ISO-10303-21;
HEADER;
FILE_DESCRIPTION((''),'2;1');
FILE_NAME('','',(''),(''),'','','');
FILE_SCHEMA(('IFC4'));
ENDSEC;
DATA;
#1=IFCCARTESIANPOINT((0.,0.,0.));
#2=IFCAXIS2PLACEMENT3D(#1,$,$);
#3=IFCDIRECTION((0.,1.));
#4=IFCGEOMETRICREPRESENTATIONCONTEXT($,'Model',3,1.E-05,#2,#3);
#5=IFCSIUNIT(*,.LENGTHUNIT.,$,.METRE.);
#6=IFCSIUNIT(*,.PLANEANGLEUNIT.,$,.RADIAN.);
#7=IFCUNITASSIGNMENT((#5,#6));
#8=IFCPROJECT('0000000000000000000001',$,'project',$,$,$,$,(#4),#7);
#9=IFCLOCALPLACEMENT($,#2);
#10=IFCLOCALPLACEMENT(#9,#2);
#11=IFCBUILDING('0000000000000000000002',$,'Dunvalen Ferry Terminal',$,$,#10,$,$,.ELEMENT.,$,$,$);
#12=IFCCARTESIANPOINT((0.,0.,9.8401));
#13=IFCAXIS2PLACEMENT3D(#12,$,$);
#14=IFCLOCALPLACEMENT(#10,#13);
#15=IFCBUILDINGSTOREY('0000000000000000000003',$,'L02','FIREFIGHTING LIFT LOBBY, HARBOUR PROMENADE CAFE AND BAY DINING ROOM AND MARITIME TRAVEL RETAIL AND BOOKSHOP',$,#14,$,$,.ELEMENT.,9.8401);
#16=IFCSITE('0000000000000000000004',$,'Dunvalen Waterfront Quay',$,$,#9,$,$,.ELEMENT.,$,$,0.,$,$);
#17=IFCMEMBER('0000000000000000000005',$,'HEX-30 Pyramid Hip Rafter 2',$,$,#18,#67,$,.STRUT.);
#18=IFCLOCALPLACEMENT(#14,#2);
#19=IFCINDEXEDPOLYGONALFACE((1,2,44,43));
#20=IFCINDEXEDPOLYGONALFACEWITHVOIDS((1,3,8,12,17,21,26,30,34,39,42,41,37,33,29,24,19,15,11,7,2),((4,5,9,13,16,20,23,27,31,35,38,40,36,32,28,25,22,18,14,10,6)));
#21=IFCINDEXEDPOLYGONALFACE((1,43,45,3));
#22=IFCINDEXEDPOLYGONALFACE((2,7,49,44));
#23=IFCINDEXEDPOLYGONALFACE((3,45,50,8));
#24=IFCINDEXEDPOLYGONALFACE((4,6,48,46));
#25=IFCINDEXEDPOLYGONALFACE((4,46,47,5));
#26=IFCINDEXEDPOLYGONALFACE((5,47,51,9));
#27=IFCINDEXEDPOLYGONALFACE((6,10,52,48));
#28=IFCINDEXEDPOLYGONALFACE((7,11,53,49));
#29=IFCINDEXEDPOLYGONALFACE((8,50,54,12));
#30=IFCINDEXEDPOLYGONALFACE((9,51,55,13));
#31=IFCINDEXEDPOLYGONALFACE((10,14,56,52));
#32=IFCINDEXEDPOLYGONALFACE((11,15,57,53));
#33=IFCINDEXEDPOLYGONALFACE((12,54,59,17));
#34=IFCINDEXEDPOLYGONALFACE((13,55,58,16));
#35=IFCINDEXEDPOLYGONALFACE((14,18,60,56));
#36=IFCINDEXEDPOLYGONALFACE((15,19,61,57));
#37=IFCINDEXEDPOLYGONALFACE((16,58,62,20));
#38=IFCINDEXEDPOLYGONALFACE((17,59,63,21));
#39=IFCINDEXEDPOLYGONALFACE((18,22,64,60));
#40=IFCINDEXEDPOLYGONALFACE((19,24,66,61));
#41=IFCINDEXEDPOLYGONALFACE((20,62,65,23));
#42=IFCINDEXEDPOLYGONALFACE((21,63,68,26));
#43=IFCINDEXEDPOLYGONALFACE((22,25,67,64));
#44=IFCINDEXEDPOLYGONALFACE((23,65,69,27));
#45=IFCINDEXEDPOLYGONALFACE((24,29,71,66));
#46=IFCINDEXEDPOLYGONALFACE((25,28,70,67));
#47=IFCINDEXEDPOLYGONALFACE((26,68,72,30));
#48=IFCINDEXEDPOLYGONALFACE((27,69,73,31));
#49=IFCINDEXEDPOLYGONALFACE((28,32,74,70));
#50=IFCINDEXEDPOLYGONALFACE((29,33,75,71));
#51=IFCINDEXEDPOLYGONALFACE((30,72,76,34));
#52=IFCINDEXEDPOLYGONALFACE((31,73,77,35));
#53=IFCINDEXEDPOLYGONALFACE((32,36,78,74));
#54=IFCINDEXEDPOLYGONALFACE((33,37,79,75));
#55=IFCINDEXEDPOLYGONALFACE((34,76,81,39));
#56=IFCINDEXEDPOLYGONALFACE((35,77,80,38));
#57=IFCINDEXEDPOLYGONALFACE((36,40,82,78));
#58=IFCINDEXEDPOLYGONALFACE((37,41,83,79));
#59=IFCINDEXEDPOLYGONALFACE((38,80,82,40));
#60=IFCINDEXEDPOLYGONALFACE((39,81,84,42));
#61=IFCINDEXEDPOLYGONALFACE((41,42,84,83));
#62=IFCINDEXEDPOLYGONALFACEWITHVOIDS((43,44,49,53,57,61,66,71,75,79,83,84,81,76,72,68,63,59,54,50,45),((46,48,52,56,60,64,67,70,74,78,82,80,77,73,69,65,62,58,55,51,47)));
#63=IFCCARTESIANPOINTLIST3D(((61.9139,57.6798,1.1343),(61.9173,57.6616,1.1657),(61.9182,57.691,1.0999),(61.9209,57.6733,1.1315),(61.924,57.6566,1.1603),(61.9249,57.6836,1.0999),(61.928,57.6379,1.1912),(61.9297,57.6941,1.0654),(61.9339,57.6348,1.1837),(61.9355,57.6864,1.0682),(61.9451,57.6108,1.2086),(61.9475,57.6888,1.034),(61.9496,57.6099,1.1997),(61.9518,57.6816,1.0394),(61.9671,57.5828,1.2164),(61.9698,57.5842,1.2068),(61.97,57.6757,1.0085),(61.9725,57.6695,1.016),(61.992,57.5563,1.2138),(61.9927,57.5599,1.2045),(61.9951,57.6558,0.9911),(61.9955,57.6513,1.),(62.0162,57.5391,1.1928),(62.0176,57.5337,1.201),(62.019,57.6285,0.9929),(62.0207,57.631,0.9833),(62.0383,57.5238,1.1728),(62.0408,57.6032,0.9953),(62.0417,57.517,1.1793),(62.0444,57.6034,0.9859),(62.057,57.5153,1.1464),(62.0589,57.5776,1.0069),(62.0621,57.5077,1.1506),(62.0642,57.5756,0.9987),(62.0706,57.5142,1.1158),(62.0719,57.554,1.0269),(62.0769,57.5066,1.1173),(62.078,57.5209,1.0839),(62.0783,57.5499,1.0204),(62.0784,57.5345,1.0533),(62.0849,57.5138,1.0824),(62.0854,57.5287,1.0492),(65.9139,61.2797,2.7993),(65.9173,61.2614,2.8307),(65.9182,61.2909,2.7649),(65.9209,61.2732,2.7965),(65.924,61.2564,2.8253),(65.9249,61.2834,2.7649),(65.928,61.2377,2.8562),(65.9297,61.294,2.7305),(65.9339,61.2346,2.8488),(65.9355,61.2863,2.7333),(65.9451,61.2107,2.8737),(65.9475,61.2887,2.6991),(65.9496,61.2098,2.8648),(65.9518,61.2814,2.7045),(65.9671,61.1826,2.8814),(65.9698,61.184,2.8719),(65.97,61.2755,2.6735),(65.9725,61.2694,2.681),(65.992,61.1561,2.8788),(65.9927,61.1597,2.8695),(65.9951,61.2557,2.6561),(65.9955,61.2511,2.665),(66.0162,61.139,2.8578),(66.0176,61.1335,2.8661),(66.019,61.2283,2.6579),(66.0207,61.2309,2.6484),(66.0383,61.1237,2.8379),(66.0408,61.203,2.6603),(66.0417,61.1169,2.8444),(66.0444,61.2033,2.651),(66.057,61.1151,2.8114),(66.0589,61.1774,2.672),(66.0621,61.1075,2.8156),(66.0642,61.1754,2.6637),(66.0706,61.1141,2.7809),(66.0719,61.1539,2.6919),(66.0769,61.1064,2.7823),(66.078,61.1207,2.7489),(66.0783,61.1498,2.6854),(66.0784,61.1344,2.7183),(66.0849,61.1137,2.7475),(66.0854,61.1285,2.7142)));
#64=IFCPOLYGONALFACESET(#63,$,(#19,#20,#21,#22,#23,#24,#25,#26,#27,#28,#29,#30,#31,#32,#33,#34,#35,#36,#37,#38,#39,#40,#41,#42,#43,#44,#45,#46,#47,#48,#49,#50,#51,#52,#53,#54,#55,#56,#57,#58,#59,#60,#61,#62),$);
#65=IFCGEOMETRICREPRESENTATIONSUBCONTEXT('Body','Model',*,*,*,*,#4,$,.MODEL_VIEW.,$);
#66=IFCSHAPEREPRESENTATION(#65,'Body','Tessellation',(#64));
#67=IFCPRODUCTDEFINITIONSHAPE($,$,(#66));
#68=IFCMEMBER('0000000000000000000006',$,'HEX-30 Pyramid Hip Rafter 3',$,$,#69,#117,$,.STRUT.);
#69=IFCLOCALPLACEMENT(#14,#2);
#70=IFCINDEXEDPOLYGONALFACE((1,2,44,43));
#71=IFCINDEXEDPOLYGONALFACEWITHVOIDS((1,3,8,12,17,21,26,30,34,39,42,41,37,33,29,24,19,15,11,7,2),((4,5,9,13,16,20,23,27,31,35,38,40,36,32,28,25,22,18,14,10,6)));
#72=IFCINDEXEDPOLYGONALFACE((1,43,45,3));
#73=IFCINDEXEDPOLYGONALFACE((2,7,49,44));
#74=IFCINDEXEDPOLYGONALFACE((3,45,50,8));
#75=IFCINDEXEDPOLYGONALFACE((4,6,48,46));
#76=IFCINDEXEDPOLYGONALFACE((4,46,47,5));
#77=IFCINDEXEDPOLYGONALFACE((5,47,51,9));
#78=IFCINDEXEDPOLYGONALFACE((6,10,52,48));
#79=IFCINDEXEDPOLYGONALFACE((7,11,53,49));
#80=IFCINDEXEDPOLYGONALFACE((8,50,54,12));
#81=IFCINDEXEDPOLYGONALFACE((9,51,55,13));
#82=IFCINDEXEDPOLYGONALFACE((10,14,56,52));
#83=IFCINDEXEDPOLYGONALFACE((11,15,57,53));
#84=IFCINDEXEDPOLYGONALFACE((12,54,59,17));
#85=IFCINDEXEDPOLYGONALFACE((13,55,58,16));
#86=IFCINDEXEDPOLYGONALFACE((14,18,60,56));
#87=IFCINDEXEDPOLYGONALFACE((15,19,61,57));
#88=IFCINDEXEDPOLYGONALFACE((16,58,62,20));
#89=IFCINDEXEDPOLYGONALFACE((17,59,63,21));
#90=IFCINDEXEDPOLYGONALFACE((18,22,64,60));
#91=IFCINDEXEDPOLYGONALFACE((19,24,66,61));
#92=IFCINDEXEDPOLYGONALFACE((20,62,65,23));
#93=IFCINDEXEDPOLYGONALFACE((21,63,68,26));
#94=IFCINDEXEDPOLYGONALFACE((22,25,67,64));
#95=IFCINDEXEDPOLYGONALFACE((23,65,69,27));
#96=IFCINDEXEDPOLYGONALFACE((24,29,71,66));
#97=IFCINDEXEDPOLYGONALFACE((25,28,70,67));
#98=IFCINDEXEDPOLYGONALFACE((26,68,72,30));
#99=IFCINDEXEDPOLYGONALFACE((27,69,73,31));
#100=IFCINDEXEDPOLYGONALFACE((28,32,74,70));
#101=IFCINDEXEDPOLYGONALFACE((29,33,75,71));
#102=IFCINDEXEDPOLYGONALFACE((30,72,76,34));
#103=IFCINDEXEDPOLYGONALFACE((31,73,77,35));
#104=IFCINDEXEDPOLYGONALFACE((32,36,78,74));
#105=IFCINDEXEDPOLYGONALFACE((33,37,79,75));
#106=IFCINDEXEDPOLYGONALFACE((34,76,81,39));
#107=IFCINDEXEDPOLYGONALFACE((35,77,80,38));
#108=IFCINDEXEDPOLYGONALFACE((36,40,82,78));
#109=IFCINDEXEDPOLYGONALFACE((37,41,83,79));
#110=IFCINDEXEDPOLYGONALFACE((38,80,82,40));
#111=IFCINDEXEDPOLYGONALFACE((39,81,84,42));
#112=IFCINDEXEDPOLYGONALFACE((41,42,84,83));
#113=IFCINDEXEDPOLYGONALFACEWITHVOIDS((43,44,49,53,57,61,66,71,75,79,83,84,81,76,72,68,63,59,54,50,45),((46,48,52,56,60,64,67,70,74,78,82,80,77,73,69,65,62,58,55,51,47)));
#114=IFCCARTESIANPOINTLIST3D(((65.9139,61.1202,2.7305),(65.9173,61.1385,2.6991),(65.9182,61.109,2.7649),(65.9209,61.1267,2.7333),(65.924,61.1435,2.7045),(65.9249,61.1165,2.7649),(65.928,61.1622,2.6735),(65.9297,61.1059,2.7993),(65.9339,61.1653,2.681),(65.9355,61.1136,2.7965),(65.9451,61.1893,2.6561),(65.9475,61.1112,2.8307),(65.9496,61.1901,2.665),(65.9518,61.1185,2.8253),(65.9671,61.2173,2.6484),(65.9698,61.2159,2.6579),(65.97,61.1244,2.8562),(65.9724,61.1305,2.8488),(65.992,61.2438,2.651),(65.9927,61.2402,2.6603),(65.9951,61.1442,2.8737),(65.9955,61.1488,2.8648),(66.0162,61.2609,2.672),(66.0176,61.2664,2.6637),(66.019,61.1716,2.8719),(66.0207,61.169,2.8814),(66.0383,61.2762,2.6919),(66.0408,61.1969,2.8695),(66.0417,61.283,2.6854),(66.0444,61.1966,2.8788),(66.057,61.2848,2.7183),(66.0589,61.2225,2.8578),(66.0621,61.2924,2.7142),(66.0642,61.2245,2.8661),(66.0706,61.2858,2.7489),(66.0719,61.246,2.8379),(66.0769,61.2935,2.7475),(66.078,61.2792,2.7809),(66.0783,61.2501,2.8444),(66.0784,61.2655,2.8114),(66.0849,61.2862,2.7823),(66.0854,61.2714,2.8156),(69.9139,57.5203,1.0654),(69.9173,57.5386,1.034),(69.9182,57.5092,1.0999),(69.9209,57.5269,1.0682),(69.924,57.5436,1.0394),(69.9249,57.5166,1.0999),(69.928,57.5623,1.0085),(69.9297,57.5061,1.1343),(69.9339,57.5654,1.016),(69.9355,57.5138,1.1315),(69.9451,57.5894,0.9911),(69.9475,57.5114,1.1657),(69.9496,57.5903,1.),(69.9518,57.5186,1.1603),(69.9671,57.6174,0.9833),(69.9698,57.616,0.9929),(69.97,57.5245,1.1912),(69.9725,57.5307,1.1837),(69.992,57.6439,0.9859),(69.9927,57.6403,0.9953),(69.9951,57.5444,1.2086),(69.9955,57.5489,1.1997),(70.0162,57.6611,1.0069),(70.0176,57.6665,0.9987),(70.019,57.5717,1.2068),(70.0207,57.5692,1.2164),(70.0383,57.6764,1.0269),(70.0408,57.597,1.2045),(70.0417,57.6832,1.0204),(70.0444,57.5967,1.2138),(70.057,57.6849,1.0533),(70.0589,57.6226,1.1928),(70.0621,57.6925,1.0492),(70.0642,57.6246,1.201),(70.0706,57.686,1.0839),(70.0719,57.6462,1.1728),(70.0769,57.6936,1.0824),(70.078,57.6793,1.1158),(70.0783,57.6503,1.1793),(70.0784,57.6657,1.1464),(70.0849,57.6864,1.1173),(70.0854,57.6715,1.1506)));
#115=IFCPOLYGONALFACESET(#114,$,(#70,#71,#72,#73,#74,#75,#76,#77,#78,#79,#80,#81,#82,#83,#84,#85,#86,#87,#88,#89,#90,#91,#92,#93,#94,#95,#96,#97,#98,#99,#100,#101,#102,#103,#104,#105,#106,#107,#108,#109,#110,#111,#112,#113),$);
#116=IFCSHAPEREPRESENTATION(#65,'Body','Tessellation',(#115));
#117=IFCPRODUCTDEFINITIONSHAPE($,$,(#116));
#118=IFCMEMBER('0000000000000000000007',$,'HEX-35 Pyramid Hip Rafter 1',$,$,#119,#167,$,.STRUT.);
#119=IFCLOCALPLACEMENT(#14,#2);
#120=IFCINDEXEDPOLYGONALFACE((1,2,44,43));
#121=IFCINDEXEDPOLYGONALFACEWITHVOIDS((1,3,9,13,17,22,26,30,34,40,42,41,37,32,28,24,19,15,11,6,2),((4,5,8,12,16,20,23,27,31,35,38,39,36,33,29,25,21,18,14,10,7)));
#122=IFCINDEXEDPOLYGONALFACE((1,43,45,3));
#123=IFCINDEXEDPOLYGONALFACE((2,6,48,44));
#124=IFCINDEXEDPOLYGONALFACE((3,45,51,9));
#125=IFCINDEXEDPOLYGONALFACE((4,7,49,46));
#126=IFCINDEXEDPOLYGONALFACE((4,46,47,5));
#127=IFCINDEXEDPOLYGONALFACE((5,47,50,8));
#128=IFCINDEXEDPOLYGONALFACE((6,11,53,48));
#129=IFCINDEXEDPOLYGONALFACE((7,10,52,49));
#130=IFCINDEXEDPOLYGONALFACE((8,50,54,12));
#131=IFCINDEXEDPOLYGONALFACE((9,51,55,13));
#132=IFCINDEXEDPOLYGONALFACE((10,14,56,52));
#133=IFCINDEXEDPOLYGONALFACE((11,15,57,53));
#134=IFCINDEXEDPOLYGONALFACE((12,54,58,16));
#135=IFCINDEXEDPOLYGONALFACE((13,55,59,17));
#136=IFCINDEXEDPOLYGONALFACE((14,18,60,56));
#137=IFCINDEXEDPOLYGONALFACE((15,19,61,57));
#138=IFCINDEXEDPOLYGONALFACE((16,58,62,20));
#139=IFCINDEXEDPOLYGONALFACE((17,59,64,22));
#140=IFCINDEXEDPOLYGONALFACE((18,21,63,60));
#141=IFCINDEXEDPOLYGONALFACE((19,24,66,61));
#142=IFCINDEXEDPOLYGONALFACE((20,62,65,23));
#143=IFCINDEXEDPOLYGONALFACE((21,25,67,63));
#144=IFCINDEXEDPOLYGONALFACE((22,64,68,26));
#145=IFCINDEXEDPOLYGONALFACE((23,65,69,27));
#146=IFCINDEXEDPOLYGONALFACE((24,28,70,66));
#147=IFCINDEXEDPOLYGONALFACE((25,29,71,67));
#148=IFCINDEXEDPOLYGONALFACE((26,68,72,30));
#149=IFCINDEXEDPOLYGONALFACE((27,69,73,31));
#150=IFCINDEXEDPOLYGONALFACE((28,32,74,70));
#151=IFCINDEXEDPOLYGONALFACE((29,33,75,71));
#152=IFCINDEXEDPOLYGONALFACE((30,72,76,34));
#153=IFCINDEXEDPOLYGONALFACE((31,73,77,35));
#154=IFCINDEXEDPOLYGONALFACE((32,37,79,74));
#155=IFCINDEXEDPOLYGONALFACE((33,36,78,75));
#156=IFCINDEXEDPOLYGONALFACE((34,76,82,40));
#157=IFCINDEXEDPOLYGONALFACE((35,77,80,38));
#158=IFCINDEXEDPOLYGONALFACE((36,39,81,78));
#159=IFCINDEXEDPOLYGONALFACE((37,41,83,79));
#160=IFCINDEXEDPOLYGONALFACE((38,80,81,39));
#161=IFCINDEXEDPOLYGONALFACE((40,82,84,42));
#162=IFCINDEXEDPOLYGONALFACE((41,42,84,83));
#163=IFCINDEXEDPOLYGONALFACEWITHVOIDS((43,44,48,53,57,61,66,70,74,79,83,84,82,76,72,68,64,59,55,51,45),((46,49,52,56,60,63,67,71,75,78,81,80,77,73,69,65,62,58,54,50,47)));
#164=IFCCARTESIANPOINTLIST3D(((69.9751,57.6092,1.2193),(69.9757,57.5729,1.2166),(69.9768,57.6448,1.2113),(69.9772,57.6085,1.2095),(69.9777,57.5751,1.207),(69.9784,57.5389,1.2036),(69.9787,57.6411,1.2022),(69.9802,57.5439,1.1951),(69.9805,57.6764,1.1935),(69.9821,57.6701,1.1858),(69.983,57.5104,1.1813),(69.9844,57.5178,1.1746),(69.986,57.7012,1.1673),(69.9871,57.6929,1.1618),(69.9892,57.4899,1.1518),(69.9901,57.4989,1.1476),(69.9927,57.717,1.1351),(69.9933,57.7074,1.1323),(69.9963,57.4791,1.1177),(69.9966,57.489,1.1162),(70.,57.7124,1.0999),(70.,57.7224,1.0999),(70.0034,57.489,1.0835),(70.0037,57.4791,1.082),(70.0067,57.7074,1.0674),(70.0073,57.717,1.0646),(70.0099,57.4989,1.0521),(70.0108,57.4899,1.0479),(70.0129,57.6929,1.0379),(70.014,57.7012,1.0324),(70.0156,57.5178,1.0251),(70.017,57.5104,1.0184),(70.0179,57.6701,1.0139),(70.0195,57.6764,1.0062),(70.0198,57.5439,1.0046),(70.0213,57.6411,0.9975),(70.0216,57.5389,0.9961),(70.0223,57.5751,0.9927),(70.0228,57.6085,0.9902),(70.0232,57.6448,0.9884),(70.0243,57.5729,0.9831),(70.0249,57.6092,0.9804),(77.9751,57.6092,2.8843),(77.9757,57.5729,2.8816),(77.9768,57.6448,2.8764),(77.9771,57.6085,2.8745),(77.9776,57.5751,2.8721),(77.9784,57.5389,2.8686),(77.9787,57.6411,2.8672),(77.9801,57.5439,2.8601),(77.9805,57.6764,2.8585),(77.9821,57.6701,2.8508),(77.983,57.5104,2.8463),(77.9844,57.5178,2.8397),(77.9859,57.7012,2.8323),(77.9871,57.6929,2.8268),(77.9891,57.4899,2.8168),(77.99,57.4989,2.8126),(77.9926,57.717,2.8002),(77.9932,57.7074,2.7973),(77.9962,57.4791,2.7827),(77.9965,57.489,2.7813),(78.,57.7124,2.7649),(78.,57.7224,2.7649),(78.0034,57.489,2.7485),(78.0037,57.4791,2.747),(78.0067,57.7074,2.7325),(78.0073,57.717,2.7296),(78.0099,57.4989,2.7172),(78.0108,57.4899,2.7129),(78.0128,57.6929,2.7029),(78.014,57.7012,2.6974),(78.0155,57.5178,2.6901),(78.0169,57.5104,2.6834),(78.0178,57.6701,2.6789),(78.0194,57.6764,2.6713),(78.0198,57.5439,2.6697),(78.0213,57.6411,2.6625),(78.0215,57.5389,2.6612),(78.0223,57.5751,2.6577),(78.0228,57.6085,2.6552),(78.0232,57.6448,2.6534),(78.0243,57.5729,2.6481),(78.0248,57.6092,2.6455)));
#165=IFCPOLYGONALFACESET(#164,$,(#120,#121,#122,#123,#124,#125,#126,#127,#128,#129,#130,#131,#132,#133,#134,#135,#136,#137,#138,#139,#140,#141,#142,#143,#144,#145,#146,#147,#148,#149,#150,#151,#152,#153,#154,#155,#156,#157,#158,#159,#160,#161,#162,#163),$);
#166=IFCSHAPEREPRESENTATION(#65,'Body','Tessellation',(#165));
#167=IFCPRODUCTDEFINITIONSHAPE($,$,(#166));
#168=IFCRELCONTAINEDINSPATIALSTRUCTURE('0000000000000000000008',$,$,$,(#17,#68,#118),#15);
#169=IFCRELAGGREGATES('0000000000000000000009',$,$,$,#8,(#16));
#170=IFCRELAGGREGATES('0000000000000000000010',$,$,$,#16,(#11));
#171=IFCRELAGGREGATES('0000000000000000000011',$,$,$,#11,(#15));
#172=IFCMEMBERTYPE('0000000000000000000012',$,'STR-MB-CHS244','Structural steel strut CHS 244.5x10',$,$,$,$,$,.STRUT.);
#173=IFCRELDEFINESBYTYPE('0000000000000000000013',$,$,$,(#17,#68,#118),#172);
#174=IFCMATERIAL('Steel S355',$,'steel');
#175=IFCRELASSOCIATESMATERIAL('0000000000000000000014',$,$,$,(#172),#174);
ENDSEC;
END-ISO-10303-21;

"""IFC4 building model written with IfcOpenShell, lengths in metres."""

from ifc_helpers import new_model, si_unit, direction, frame, origin, origin_2d, place, context, subcontext, project, spatial, hollow_circle, extrude, material, material_profile, profile_set, type_object, element, save


model = new_model("IFC4")

# Units and contexts
model_context = context("Model", 3, precision=1e-05, world=origin(), true_north=direction((0.0, 1.0)))
body_context = subcontext(model_context, "Body", "Model", "MODEL_VIEW")
ifc_project = project(units=[si_unit("LENGTHUNIT", "METRE"), si_unit("PLANEANGLEUNIT", "RADIAN")], contexts=[model_context])

# Site, building, storey
site_placement = place(None, origin())
site = spatial("IfcSite", under=ifc_project, at=site_placement, Name="Dunvalen Waterfront Quay", CompositionType="ELEMENT", RefElevation=0.0)
building_placement = place(site_placement, origin())
building = spatial("IfcBuilding", under=site, at=building_placement, Name="Dunvalen Ferry Terminal", CompositionType="ELEMENT")
storey_placement = place(building_placement, frame((0.0, 0.0, 9.8401)))
storey = spatial("IfcBuildingStorey", under=building, at=storey_placement, Name="L02", Description="FIREFIGHTING LIFT LOBBY, HARBOUR PROMENADE CAFE AND BAY DINING ROOM AND MARITIME TRAVEL RETAIL AND BOOKSHOP", CompositionType="ELEMENT", Elevation=9.8401)

# Shared definitions
ifc_material_1 = material(Name="Steel S355", Category="steel")

# Members
ifc_material_profile_1 = material_profile(ifc_material_1, hollow_circle(Radius=0.1223, WallThickness=0.01, at=origin_2d()), Name="Steel S355")
ifc_profile_set_1 = profile_set([ifc_material_profile_1], Name="Steel S355")
member_type_1 = type_object("IfcMemberType", Name="STR-MB-CHS244", Description="Structural steel strut CHS 244.5x10", PredefinedType="STRUT", material=ifc_profile_set_1)
for number, where, z_axis, x_axis, name in (
    (1, (62.0, 57.6001, 1.0999), (0.710094, 0.639059, 0.295584), (-0.66895, 0.743308, 0.0), "HEX-30 Pyramid Hip Rafter 2"),
    (2, (70.0, 57.6001, 1.0999), (-0.710094, 0.639059, 0.295584), (-0.66895, -0.743308, 0.0), "HEX-30 Pyramid Hip Rafter 3"),
):
    element("IfcMember", number, at=place(storey_placement, frame(where, z_axis=z_axis, x_axis=x_axis)), inside=storey, type_object=member_type_1, Name=name, PredefinedType="STRUT", context=body_context, shape_type="SweptSolid", body=[
        extrude(hollow_circle(Radius=0.1223, WallThickness=0.01, at=origin_2d()), origin(), (0.0, 0.0, 1.0), 5.6331),
    ])
member_1_placement = place(storey_placement, frame((70.0, 57.6001, 1.0999), z_axis=(0.97902, 0.0, 0.203763), x_axis=(0.0, 1.0, 0.0)))
element("IfcMember", 3, at=member_1_placement, inside=storey, type_object=member_type_1, Name="HEX-35 Pyramid Hip Rafter 1", PredefinedType="STRUT", context=body_context, shape_type="SweptSolid", body=[
    extrude(hollow_circle(Radius=0.1223, WallThickness=0.01, at=origin_2d()), origin(), (0.0, 0.0, 1.0), 8.1714),
])

save(model, "model.ifc")
